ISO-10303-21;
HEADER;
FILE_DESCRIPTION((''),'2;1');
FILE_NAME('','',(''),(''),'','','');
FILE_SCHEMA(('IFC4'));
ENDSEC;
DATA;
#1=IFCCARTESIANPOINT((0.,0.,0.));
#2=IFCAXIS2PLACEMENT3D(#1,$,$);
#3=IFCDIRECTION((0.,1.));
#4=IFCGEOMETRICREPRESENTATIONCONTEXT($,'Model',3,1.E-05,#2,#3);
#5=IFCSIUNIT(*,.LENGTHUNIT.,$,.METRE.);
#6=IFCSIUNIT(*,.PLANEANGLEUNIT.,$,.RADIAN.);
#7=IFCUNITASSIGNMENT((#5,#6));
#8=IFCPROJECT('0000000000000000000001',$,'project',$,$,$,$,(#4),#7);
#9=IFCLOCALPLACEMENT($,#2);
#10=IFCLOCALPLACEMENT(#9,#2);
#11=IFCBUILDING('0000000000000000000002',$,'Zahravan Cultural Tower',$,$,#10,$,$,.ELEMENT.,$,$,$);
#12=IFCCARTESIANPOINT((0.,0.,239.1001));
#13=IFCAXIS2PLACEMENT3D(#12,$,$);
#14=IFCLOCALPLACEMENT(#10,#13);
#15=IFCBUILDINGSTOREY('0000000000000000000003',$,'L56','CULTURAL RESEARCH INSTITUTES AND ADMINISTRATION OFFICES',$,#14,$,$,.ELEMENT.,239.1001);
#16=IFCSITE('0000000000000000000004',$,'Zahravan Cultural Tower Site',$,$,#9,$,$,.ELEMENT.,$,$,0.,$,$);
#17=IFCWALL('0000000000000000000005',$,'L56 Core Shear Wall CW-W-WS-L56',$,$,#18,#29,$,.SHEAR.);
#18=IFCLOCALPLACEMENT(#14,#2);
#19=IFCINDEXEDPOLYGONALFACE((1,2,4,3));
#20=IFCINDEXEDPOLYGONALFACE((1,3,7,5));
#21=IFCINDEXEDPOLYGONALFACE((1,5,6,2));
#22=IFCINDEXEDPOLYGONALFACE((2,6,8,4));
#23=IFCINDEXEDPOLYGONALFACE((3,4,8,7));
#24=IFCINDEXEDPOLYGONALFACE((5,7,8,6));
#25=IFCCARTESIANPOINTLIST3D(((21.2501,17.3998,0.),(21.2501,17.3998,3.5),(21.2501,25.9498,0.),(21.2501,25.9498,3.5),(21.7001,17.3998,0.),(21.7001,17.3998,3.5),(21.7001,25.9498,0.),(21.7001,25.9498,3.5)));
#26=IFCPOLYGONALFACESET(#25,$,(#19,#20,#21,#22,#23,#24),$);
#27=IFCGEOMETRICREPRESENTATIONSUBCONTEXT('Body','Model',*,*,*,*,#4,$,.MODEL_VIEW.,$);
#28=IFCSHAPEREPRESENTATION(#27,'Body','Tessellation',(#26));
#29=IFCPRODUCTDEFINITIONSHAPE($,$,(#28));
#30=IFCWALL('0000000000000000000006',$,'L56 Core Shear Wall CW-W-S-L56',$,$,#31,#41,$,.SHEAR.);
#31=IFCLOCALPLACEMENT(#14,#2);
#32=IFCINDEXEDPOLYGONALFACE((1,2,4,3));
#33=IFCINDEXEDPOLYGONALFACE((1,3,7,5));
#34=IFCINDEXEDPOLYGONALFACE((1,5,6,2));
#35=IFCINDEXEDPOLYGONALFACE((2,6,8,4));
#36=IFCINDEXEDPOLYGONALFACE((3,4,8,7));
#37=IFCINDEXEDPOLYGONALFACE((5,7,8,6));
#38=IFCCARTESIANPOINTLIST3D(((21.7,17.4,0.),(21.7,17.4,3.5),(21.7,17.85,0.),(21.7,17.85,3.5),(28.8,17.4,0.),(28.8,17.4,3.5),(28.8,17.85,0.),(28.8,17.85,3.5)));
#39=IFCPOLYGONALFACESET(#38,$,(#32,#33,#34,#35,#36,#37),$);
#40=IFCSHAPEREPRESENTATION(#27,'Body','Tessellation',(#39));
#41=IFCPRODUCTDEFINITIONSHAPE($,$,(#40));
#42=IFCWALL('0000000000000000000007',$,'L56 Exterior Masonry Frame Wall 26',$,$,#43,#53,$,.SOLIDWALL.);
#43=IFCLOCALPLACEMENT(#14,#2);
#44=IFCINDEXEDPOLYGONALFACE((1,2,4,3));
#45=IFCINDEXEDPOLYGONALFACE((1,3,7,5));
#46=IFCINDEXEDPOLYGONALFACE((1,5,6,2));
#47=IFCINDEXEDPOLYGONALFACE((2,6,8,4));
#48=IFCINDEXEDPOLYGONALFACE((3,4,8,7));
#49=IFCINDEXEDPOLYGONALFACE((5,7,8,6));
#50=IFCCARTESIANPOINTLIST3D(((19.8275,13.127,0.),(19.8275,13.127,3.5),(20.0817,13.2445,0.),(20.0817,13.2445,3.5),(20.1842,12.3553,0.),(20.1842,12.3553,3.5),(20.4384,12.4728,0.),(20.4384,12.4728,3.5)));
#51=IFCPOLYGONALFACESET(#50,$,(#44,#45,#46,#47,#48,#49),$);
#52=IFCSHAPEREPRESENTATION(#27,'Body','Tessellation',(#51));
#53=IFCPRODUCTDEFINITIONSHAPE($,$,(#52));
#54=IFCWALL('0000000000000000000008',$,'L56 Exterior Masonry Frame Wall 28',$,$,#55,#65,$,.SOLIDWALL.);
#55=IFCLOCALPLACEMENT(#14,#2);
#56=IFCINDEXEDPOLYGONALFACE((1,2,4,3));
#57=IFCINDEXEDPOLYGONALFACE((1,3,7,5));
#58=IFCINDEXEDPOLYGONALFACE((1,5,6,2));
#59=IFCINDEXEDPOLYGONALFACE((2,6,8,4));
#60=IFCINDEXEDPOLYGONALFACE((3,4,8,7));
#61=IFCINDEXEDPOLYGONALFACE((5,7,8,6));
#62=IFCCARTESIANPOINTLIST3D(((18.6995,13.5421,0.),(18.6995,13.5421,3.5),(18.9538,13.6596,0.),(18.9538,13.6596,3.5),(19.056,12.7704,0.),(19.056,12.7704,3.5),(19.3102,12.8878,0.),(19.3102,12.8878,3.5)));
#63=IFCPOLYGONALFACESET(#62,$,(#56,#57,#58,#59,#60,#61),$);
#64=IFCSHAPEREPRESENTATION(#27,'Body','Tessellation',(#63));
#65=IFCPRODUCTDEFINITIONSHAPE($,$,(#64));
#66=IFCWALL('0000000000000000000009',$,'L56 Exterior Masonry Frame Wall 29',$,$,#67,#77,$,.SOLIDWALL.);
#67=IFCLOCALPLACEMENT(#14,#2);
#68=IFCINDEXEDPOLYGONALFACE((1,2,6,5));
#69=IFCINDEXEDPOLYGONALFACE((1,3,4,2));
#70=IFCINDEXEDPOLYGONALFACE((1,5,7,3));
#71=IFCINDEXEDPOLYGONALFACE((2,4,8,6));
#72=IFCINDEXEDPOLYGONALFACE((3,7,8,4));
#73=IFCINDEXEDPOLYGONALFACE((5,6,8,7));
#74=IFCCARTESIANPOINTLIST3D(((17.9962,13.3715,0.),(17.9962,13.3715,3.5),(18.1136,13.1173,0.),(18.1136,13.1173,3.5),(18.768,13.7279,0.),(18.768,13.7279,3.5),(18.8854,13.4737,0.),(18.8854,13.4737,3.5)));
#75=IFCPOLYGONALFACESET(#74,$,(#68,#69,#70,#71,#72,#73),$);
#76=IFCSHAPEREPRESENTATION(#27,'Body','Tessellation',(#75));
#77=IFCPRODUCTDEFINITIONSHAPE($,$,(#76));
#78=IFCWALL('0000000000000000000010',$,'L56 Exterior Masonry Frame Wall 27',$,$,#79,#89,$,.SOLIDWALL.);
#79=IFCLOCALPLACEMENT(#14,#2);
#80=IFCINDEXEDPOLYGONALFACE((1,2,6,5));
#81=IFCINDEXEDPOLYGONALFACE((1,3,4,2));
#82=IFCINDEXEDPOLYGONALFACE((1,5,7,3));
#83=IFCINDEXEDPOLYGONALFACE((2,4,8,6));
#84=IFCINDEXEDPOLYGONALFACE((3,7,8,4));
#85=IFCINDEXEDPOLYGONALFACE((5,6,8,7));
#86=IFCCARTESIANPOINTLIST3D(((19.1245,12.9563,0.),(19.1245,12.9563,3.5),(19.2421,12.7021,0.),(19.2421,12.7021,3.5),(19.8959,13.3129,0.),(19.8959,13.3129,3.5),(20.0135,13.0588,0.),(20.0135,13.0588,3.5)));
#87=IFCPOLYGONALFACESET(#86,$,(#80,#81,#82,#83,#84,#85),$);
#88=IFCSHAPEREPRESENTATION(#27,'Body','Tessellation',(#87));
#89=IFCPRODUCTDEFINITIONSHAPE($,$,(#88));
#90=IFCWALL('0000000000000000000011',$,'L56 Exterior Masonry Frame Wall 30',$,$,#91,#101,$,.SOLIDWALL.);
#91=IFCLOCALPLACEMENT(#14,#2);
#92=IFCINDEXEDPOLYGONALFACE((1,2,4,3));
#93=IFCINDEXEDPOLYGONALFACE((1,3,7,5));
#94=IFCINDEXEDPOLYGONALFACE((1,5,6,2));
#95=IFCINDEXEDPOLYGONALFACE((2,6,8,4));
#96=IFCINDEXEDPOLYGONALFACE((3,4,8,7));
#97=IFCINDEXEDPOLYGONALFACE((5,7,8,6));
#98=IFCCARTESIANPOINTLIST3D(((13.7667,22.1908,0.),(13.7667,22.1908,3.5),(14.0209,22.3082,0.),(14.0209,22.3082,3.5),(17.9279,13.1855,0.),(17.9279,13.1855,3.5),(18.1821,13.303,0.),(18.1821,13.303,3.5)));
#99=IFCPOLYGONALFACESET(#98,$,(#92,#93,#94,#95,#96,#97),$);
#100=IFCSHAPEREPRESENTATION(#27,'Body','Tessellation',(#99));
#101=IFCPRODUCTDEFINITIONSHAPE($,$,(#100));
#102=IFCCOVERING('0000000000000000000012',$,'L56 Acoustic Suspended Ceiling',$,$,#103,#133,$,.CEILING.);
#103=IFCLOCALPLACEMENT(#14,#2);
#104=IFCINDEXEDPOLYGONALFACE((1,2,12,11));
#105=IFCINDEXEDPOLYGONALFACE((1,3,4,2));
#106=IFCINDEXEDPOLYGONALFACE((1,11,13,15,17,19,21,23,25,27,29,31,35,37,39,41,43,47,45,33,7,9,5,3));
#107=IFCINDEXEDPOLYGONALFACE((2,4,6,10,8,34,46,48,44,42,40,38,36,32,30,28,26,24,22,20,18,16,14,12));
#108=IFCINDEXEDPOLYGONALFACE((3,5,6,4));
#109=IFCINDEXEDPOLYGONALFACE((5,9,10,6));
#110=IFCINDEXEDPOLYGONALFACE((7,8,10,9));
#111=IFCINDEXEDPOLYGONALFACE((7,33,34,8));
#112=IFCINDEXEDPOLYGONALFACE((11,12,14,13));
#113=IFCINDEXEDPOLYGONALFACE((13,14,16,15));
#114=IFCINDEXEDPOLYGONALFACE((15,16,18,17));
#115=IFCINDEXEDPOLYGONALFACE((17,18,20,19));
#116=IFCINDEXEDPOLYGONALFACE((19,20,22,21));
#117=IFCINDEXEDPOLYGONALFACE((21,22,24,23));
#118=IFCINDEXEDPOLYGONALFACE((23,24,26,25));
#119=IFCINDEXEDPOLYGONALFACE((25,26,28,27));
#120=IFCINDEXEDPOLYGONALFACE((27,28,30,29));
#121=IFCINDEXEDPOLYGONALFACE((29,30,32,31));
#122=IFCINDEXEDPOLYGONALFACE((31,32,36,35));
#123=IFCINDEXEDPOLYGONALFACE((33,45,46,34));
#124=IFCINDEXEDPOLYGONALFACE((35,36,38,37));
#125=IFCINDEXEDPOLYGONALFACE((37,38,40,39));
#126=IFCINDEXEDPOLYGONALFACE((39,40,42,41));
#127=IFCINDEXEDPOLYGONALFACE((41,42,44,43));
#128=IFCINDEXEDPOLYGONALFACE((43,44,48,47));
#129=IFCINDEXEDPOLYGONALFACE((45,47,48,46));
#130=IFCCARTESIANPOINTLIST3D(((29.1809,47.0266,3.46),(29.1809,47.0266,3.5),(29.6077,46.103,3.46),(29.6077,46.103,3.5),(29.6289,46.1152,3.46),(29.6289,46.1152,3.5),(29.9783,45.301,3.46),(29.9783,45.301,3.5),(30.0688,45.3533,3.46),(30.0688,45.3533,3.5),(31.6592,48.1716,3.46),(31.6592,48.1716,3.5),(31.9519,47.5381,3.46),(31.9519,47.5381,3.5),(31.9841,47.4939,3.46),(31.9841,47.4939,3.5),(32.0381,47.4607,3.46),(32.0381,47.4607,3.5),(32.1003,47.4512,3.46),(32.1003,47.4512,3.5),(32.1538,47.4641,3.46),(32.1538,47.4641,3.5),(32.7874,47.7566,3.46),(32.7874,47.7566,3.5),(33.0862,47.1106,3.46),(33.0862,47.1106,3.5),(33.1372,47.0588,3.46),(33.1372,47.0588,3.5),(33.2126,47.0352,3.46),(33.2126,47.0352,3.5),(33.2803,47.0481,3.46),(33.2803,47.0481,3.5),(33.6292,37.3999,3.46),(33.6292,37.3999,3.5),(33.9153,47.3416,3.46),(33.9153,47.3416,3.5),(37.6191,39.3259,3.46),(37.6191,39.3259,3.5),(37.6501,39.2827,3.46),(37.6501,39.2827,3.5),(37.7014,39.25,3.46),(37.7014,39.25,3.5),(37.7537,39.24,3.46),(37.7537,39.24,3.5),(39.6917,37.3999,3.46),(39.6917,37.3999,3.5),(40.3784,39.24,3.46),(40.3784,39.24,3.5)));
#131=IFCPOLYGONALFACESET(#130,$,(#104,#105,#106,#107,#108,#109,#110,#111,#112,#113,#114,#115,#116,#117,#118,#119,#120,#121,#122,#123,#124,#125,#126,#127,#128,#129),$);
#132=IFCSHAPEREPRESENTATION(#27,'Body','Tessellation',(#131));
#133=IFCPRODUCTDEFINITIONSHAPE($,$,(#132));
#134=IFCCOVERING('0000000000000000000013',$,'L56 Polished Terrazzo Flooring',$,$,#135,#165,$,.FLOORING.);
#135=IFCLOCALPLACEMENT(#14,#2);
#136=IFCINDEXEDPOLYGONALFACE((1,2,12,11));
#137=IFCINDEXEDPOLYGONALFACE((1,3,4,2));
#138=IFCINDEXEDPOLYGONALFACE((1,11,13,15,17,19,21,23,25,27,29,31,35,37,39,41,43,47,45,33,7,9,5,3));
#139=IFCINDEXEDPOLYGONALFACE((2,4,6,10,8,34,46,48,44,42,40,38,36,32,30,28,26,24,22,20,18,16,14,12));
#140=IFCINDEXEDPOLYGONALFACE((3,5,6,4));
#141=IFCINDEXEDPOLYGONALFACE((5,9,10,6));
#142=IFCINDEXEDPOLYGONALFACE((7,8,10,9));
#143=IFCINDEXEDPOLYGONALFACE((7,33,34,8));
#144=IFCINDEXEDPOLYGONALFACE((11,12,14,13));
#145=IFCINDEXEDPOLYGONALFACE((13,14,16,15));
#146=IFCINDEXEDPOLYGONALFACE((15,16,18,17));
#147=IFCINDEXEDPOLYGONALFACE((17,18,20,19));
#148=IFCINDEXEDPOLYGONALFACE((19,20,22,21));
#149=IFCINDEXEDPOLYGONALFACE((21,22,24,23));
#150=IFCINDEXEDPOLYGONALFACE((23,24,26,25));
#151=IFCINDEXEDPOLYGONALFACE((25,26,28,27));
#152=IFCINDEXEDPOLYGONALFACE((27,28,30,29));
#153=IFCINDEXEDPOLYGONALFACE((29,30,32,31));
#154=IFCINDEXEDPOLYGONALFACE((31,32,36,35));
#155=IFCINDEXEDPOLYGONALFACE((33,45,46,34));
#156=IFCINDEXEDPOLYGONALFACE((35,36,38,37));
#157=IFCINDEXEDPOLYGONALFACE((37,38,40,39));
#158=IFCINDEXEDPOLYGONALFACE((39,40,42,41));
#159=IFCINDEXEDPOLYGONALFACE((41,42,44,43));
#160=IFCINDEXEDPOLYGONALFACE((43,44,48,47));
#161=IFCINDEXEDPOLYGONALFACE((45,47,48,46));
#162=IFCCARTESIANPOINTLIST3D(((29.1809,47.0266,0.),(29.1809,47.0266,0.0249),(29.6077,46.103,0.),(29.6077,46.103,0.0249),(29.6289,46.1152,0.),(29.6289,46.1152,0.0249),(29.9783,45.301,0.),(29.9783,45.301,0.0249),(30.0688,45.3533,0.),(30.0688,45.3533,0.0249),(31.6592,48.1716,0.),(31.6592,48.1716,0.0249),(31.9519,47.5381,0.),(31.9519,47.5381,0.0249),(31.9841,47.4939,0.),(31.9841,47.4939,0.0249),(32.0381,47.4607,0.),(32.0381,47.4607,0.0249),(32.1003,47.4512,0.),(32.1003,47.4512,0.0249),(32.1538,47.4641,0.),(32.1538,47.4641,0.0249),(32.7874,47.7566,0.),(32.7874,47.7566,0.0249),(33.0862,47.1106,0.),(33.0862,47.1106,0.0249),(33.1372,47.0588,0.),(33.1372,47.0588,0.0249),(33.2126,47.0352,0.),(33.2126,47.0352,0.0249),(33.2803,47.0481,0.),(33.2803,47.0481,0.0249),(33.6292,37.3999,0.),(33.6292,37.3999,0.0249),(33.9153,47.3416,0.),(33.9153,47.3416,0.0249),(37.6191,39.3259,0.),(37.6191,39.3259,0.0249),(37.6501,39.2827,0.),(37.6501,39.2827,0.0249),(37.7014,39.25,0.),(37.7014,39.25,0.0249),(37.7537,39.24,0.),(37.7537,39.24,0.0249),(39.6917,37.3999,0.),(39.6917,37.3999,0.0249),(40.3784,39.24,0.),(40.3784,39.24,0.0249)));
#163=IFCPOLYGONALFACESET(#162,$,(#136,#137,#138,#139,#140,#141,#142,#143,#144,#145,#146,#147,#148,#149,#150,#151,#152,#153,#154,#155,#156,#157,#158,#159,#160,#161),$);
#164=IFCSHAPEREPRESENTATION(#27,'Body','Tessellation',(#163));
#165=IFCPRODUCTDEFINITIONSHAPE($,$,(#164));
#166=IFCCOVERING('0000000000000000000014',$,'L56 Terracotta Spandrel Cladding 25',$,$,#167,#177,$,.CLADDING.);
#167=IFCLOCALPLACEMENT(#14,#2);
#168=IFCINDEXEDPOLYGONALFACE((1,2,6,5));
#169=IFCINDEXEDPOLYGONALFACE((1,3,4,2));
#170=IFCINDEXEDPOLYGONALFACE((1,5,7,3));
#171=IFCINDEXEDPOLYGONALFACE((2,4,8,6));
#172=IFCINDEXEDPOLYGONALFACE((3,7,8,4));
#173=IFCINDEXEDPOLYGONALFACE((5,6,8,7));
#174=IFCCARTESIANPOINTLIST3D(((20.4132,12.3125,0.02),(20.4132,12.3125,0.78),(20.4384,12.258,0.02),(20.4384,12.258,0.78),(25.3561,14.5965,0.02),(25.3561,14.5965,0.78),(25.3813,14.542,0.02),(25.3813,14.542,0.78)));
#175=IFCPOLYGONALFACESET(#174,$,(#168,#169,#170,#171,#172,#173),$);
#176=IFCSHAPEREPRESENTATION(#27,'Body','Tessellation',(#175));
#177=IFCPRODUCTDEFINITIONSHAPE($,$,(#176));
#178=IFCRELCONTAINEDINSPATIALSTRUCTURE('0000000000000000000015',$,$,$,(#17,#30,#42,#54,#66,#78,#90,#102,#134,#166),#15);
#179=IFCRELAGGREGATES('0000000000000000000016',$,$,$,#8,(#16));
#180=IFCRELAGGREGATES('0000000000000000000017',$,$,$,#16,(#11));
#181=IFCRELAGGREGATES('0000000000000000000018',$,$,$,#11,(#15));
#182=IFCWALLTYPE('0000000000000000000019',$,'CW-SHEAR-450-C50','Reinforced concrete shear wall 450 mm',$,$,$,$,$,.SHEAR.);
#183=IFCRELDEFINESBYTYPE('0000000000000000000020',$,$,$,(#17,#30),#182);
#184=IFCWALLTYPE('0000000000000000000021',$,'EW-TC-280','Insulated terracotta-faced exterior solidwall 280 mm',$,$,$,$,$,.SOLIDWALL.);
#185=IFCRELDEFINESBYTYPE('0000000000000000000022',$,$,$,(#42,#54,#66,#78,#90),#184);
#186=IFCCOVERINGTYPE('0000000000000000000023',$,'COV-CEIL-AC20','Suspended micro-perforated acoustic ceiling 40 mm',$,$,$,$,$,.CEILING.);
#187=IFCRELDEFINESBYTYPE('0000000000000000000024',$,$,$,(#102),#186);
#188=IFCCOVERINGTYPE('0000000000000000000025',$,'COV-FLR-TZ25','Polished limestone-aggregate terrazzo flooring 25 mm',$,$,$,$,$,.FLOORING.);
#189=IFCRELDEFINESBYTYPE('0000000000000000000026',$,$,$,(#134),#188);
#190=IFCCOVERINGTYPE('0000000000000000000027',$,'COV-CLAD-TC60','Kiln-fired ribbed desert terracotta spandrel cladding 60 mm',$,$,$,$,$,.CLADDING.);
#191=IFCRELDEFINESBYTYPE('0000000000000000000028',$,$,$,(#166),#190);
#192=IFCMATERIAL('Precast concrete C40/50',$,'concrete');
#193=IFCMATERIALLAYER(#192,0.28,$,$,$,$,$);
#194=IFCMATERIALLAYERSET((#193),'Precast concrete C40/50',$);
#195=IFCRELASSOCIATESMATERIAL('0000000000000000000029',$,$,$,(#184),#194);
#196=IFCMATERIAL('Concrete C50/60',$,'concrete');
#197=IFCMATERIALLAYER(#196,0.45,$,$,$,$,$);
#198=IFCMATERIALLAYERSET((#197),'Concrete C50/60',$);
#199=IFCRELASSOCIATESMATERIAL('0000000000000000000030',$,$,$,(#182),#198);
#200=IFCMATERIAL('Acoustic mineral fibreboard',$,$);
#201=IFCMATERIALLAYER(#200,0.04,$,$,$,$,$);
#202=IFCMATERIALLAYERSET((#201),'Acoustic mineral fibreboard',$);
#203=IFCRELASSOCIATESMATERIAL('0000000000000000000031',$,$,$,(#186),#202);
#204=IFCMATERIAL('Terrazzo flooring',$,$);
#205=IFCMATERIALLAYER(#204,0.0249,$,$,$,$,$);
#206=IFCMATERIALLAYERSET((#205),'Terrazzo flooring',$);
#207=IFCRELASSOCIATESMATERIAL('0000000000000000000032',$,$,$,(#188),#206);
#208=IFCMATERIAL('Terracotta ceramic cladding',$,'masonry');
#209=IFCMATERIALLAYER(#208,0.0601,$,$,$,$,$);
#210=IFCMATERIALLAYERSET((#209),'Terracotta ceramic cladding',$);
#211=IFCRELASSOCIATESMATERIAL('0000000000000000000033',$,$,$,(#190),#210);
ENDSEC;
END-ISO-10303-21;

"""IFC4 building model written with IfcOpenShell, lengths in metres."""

from ifc_helpers import new_model, si_unit, direction, frame, frame_2d, origin, origin_2d, place, context, subcontext, project, spatial, polyline, rectangle, outline, extrude, source, transform, mapped, material, layer, layer_set, type_object, element, save


model = new_model("IFC4")

# Units and contexts
model_context = context("Model", 3, precision=1e-05, world=origin(), true_north=direction((0.0, 1.0)))
body_context = subcontext(model_context, "Body", "Model", "MODEL_VIEW")
ifc_project = project(units=[si_unit("LENGTHUNIT", "METRE"), si_unit("PLANEANGLEUNIT", "RADIAN")], contexts=[model_context])

# Site, building, storey
site_placement = place(None, origin())
site = spatial("IfcSite", under=ifc_project, at=site_placement, Name="Zahravan Cultural Tower Site", CompositionType="ELEMENT", RefElevation=0.0)
building_placement = place(site_placement, origin())
building = spatial("IfcBuilding", under=site, at=building_placement, Name="Zahravan Cultural Tower", CompositionType="ELEMENT")
storey_placement = place(building_placement, frame((0.0, 0.0, 239.1001)))
storey = spatial("IfcBuildingStorey", under=building, at=storey_placement, Name="L56", Description="CULTURAL RESEARCH INSTITUTES AND ADMINISTRATION OFFICES", CompositionType="ELEMENT", Elevation=239.1001)

# Shared definitions
ifc_material_1 = material(Name="Precast concrete C40/50", Category="concrete")
ifc_layer_1 = layer(ifc_material_1, 0.28)
ifc_layer_set_1 = layer_set([ifc_layer_1], Name="Precast concrete C40/50")
wall_type_1 = type_object("IfcWallType", Name="EW-TC-280", Description="Insulated terracotta-faced exterior solidwall 280 mm", PredefinedType="SOLIDWALL", material=ifc_layer_set_1)

# Walls
ifc_material_2 = material(Name="Concrete C50/60", Category="concrete")
ifc_layer_2 = layer(ifc_material_2, 0.45)
ifc_layer_set_2 = layer_set([ifc_layer_2], Name="Concrete C50/60")
wall_type_2 = type_object("IfcWallType", Name="CW-SHEAR-450-C50", Description="Reinforced concrete shear wall 450 mm", PredefinedType="SHEAR", material=ifc_layer_set_2)
shared_shape_1 = source(origin(), body_context, "Body", "SweptSolid", [
    extrude(rectangle(XDim=8.55, YDim=0.45, at=frame_2d((4.2749, 0.0))), origin(), (0.0, 0.0, 1.0), 3.5),
])
wall_1_placement = place(storey_placement, frame((21.4751, 17.3999, 0.0), z_axis=(0.0, 0.0, 1.0), x_axis=(0.0, 1.0, 0.0)))
element("IfcWall", 1, at=wall_1_placement, inside=storey, type_object=wall_type_2, Name="L56 Core Shear Wall CW-W-WS-L56", PredefinedType="SHEAR", context=body_context, shape_type="MappedRepresentation", body=[
    mapped(shared_shape_1, transform((0.0, 0.0, 0.0), x_axis=(1.0, 0.0, 0.0), y_axis=(0.0, 1.0, 0.0), z_axis=(0.0, 0.0, 1.0), scale=1.0)),
])
shared_shape_2 = source(origin(), body_context, "Body", "SweptSolid", [
    extrude(rectangle(XDim=7.1001, YDim=0.45, at=frame_2d((3.55, 0.0))), origin(), (0.0, 0.0, 1.0), 3.5),
])
wall_2_placement = place(storey_placement, frame((21.7, 17.625, 0.0), z_axis=(0.0, 0.0, 1.0), x_axis=(1.0, 0.0, 0.0)))
element("IfcWall", 2, at=wall_2_placement, inside=storey, type_object=wall_type_2, Name="L56 Core Shear Wall CW-W-S-L56", PredefinedType="SHEAR", context=body_context, shape_type="MappedRepresentation", body=[
    mapped(shared_shape_2, transform((0.0, 0.0, 0.0), x_axis=(1.0, 0.0, 0.0), y_axis=(0.0, 1.0, 0.0), z_axis=(0.0, 0.0, 1.0), scale=1.0)),
])
shared_shape_3 = source(origin(), body_context, "Body", "SweptSolid", [
    extrude(rectangle(XDim=0.8501, YDim=0.28, at=frame_2d((0.425, 0.0))), origin(), (0.0, 0.0, 1.0), 3.5),
])
for number, where, z_axis, x_axis, name in (
    (3, (20.3113, 12.4141, 0.0), (0.0, 0.0, 1.0), (-0.41955, 0.907732, 0.0), "L56 Exterior Masonry Frame Wall 26"),
    (4, (19.1831, 12.8291, 0.0), (0.0, 0.0, 1.0), (-0.419313, 0.907842, 0.0), "L56 Exterior Masonry Frame Wall 28"),
    (5, (18.8267, 13.6008, 0.0), (0.0, 0.0, 1.0), (-0.907842, -0.419313, 0.0), "L56 Exterior Masonry Frame Wall 29"),
):
    element("IfcWall", number, at=place(storey_placement, frame(where, z_axis=z_axis, x_axis=x_axis)), inside=storey, type_object=wall_type_1, Name=name, PredefinedType="SOLIDWALL", context=body_context, shape_type="MappedRepresentation", body=[
        mapped(shared_shape_3, transform((0.0, 0.0, 0.0), x_axis=(1.0, 0.0, 0.0), y_axis=(0.0, 1.0, 0.0), z_axis=(0.0, 0.0, 1.0), scale=1.0)),
    ])
shared_shape_4 = source(origin(), body_context, "Body", "SweptSolid", [
    extrude(rectangle(XDim=0.8499, YDim=0.28, at=frame_2d((0.4248, 0.0))), origin(), (0.0, 0.0, 1.0), 3.5),
])
wall_3_placement = place(storey_placement, frame((19.9546, 13.1858, 0.0), z_axis=(0.0, 0.0, 1.0), x_axis=(-0.907682, -0.419659, 0.0)))
element("IfcWall", 6, at=wall_3_placement, inside=storey, type_object=wall_type_1, Name="L56 Exterior Masonry Frame Wall 27", PredefinedType="SOLIDWALL", context=body_context, shape_type="MappedRepresentation", body=[
    mapped(shared_shape_4, transform((0.0, 0.0, 0.0), x_axis=(1.0, 0.0, 0.0), y_axis=(0.0, 1.0, 0.0), z_axis=(0.0, 0.0, 1.0), scale=1.0)),
])
shared_shape_5 = source(origin(), body_context, "Body", "SweptSolid", [
    extrude(rectangle(XDim=9.9202, YDim=0.28, at=frame_2d((4.96, 0.0))), origin(), (0.0, 0.0, 1.0), 3.5),
])
wall_4_placement = place(storey_placement, frame((18.0549, 13.2444, 0.0), z_axis=(0.0, 0.0, 1.0), x_axis=(-0.419467, 0.907771, 0.0)))
element("IfcWall", 7, at=wall_4_placement, inside=storey, type_object=wall_type_1, Name="L56 Exterior Masonry Frame Wall 30", PredefinedType="SOLIDWALL", context=body_context, shape_type="MappedRepresentation", body=[
    mapped(shared_shape_5, transform((0.0, 0.0, 0.0), x_axis=(1.0, 0.0, 0.0), y_axis=(0.0, 1.0, 0.0), z_axis=(0.0, 0.0, 1.0), scale=1.0)),
])

# Coverings
ifc_material_3 = material(Name="Acoustic mineral fibreboard")
ifc_layer_3 = layer(ifc_material_3, 0.04)
ifc_layer_set_3 = layer_set([ifc_layer_3], Name="Acoustic mineral fibreboard")
covering_type_1 = type_object("IfcCoveringType", Name="COV-CEIL-AC20", Description="Suspended micro-perforated acoustic ceiling 40 mm", PredefinedType="CEILING", material=ifc_layer_set_3)
covering_1_placement = place(storey_placement, frame((0.0, 0.0, 3.46)))
element("IfcCovering", 8, at=covering_1_placement, inside=storey, type_object=covering_type_1, Name="L56 Acoustic Suspended Ceiling", PredefinedType="CEILING", context=body_context, shape_type="SweptSolid", body=[
    extrude(outline(polyline([(29.6289, 46.1152), (30.0688, 45.3533), (29.9783, 45.301), (33.6292, 37.3999), (39.6917, 37.3999), (40.3784, 39.24), (37.7537, 39.24), (37.7014, 39.25), (37.6501, 39.2827), (37.6191, 39.3259), (33.9153, 47.3416), (33.2803, 47.0481), (33.2126, 47.0352), (33.1372, 47.0588), (33.0862, 47.1106), (32.7874, 47.7566), (32.1538, 47.4641), (32.1003, 47.4512), (32.0381, 47.4607), (31.9841, 47.4939), (31.9519, 47.5381), (31.6592, 48.1716), (29.1809, 47.0266), (29.6077, 46.103), (29.6289, 46.1152)])), origin(), (0.0, 0.0, 1.0), 0.04),
])
ifc_material_4 = material(Name="Terrazzo flooring")
ifc_layer_4 = layer(ifc_material_4, 0.0249)
ifc_layer_set_4 = layer_set([ifc_layer_4], Name="Terrazzo flooring")
covering_type_2 = type_object("IfcCoveringType", Name="COV-FLR-TZ25", Description="Polished limestone-aggregate terrazzo flooring 25 mm", PredefinedType="FLOORING", material=ifc_layer_set_4)
covering_2_placement = place(storey_placement, origin())
element("IfcCovering", 9, at=covering_2_placement, inside=storey, type_object=covering_type_2, Name="L56 Polished Terrazzo Flooring", PredefinedType="FLOORING", context=body_context, shape_type="SweptSolid", body=[
    extrude(outline(polyline([(29.6289, 46.1152), (30.0688, 45.3533), (29.9783, 45.301), (33.6292, 37.3999), (39.6917, 37.3999), (40.3784, 39.24), (37.7537, 39.24), (37.7014, 39.25), (37.6501, 39.2827), (37.6191, 39.3259), (33.9153, 47.3416), (33.2803, 47.0481), (33.2126, 47.0352), (33.1372, 47.0588), (33.0862, 47.1106), (32.7874, 47.7566), (32.1538, 47.4641), (32.1003, 47.4512), (32.0381, 47.4607), (31.9841, 47.4939), (31.9519, 47.5381), (31.6592, 48.1716), (29.1809, 47.0266), (29.6077, 46.103), (29.6289, 46.1152)])), origin(), (0.0, 0.0, 1.0), 0.0249),
])
ifc_material_5 = material(Name="Terracotta ceramic cladding", Category="masonry")
ifc_layer_5 = layer(ifc_material_5, 0.0601)
ifc_layer_set_5 = layer_set([ifc_layer_5], Name="Terracotta ceramic cladding")
covering_type_3 = type_object("IfcCoveringType", Name="COV-CLAD-TC60", Description="Kiln-fired ribbed desert terracotta spandrel cladding 60 mm", PredefinedType="CLADDING", material=ifc_layer_set_5)
shared_shape_6 = source(origin(), body_context, "Body", "SweptSolid", [
    extrude(rectangle(XDim=5.4451, YDim=0.0601, at=origin_2d()), origin(), (0.0, 0.0, 1.0), 0.76),
])
covering_3_placement = place(storey_placement, frame((22.8972, 13.4272, 0.02), z_axis=(0.0, 0.0, 1.0), x_axis=(-0.907777, -0.419452, 0.0)))
element("IfcCovering", 10, at=covering_3_placement, inside=storey, type_object=covering_type_3, Name="L56 Terracotta Spandrel Cladding 25", PredefinedType="CLADDING", context=body_context, shape_type="MappedRepresentation", body=[
    mapped(shared_shape_6, transform((0.0, 0.0, 0.0), x_axis=(1.0, 0.0, 0.0), y_axis=(0.0, 1.0, 0.0), z_axis=(0.0, 0.0, 1.0), scale=1.0)),
])

save(model, "model.ifc")
